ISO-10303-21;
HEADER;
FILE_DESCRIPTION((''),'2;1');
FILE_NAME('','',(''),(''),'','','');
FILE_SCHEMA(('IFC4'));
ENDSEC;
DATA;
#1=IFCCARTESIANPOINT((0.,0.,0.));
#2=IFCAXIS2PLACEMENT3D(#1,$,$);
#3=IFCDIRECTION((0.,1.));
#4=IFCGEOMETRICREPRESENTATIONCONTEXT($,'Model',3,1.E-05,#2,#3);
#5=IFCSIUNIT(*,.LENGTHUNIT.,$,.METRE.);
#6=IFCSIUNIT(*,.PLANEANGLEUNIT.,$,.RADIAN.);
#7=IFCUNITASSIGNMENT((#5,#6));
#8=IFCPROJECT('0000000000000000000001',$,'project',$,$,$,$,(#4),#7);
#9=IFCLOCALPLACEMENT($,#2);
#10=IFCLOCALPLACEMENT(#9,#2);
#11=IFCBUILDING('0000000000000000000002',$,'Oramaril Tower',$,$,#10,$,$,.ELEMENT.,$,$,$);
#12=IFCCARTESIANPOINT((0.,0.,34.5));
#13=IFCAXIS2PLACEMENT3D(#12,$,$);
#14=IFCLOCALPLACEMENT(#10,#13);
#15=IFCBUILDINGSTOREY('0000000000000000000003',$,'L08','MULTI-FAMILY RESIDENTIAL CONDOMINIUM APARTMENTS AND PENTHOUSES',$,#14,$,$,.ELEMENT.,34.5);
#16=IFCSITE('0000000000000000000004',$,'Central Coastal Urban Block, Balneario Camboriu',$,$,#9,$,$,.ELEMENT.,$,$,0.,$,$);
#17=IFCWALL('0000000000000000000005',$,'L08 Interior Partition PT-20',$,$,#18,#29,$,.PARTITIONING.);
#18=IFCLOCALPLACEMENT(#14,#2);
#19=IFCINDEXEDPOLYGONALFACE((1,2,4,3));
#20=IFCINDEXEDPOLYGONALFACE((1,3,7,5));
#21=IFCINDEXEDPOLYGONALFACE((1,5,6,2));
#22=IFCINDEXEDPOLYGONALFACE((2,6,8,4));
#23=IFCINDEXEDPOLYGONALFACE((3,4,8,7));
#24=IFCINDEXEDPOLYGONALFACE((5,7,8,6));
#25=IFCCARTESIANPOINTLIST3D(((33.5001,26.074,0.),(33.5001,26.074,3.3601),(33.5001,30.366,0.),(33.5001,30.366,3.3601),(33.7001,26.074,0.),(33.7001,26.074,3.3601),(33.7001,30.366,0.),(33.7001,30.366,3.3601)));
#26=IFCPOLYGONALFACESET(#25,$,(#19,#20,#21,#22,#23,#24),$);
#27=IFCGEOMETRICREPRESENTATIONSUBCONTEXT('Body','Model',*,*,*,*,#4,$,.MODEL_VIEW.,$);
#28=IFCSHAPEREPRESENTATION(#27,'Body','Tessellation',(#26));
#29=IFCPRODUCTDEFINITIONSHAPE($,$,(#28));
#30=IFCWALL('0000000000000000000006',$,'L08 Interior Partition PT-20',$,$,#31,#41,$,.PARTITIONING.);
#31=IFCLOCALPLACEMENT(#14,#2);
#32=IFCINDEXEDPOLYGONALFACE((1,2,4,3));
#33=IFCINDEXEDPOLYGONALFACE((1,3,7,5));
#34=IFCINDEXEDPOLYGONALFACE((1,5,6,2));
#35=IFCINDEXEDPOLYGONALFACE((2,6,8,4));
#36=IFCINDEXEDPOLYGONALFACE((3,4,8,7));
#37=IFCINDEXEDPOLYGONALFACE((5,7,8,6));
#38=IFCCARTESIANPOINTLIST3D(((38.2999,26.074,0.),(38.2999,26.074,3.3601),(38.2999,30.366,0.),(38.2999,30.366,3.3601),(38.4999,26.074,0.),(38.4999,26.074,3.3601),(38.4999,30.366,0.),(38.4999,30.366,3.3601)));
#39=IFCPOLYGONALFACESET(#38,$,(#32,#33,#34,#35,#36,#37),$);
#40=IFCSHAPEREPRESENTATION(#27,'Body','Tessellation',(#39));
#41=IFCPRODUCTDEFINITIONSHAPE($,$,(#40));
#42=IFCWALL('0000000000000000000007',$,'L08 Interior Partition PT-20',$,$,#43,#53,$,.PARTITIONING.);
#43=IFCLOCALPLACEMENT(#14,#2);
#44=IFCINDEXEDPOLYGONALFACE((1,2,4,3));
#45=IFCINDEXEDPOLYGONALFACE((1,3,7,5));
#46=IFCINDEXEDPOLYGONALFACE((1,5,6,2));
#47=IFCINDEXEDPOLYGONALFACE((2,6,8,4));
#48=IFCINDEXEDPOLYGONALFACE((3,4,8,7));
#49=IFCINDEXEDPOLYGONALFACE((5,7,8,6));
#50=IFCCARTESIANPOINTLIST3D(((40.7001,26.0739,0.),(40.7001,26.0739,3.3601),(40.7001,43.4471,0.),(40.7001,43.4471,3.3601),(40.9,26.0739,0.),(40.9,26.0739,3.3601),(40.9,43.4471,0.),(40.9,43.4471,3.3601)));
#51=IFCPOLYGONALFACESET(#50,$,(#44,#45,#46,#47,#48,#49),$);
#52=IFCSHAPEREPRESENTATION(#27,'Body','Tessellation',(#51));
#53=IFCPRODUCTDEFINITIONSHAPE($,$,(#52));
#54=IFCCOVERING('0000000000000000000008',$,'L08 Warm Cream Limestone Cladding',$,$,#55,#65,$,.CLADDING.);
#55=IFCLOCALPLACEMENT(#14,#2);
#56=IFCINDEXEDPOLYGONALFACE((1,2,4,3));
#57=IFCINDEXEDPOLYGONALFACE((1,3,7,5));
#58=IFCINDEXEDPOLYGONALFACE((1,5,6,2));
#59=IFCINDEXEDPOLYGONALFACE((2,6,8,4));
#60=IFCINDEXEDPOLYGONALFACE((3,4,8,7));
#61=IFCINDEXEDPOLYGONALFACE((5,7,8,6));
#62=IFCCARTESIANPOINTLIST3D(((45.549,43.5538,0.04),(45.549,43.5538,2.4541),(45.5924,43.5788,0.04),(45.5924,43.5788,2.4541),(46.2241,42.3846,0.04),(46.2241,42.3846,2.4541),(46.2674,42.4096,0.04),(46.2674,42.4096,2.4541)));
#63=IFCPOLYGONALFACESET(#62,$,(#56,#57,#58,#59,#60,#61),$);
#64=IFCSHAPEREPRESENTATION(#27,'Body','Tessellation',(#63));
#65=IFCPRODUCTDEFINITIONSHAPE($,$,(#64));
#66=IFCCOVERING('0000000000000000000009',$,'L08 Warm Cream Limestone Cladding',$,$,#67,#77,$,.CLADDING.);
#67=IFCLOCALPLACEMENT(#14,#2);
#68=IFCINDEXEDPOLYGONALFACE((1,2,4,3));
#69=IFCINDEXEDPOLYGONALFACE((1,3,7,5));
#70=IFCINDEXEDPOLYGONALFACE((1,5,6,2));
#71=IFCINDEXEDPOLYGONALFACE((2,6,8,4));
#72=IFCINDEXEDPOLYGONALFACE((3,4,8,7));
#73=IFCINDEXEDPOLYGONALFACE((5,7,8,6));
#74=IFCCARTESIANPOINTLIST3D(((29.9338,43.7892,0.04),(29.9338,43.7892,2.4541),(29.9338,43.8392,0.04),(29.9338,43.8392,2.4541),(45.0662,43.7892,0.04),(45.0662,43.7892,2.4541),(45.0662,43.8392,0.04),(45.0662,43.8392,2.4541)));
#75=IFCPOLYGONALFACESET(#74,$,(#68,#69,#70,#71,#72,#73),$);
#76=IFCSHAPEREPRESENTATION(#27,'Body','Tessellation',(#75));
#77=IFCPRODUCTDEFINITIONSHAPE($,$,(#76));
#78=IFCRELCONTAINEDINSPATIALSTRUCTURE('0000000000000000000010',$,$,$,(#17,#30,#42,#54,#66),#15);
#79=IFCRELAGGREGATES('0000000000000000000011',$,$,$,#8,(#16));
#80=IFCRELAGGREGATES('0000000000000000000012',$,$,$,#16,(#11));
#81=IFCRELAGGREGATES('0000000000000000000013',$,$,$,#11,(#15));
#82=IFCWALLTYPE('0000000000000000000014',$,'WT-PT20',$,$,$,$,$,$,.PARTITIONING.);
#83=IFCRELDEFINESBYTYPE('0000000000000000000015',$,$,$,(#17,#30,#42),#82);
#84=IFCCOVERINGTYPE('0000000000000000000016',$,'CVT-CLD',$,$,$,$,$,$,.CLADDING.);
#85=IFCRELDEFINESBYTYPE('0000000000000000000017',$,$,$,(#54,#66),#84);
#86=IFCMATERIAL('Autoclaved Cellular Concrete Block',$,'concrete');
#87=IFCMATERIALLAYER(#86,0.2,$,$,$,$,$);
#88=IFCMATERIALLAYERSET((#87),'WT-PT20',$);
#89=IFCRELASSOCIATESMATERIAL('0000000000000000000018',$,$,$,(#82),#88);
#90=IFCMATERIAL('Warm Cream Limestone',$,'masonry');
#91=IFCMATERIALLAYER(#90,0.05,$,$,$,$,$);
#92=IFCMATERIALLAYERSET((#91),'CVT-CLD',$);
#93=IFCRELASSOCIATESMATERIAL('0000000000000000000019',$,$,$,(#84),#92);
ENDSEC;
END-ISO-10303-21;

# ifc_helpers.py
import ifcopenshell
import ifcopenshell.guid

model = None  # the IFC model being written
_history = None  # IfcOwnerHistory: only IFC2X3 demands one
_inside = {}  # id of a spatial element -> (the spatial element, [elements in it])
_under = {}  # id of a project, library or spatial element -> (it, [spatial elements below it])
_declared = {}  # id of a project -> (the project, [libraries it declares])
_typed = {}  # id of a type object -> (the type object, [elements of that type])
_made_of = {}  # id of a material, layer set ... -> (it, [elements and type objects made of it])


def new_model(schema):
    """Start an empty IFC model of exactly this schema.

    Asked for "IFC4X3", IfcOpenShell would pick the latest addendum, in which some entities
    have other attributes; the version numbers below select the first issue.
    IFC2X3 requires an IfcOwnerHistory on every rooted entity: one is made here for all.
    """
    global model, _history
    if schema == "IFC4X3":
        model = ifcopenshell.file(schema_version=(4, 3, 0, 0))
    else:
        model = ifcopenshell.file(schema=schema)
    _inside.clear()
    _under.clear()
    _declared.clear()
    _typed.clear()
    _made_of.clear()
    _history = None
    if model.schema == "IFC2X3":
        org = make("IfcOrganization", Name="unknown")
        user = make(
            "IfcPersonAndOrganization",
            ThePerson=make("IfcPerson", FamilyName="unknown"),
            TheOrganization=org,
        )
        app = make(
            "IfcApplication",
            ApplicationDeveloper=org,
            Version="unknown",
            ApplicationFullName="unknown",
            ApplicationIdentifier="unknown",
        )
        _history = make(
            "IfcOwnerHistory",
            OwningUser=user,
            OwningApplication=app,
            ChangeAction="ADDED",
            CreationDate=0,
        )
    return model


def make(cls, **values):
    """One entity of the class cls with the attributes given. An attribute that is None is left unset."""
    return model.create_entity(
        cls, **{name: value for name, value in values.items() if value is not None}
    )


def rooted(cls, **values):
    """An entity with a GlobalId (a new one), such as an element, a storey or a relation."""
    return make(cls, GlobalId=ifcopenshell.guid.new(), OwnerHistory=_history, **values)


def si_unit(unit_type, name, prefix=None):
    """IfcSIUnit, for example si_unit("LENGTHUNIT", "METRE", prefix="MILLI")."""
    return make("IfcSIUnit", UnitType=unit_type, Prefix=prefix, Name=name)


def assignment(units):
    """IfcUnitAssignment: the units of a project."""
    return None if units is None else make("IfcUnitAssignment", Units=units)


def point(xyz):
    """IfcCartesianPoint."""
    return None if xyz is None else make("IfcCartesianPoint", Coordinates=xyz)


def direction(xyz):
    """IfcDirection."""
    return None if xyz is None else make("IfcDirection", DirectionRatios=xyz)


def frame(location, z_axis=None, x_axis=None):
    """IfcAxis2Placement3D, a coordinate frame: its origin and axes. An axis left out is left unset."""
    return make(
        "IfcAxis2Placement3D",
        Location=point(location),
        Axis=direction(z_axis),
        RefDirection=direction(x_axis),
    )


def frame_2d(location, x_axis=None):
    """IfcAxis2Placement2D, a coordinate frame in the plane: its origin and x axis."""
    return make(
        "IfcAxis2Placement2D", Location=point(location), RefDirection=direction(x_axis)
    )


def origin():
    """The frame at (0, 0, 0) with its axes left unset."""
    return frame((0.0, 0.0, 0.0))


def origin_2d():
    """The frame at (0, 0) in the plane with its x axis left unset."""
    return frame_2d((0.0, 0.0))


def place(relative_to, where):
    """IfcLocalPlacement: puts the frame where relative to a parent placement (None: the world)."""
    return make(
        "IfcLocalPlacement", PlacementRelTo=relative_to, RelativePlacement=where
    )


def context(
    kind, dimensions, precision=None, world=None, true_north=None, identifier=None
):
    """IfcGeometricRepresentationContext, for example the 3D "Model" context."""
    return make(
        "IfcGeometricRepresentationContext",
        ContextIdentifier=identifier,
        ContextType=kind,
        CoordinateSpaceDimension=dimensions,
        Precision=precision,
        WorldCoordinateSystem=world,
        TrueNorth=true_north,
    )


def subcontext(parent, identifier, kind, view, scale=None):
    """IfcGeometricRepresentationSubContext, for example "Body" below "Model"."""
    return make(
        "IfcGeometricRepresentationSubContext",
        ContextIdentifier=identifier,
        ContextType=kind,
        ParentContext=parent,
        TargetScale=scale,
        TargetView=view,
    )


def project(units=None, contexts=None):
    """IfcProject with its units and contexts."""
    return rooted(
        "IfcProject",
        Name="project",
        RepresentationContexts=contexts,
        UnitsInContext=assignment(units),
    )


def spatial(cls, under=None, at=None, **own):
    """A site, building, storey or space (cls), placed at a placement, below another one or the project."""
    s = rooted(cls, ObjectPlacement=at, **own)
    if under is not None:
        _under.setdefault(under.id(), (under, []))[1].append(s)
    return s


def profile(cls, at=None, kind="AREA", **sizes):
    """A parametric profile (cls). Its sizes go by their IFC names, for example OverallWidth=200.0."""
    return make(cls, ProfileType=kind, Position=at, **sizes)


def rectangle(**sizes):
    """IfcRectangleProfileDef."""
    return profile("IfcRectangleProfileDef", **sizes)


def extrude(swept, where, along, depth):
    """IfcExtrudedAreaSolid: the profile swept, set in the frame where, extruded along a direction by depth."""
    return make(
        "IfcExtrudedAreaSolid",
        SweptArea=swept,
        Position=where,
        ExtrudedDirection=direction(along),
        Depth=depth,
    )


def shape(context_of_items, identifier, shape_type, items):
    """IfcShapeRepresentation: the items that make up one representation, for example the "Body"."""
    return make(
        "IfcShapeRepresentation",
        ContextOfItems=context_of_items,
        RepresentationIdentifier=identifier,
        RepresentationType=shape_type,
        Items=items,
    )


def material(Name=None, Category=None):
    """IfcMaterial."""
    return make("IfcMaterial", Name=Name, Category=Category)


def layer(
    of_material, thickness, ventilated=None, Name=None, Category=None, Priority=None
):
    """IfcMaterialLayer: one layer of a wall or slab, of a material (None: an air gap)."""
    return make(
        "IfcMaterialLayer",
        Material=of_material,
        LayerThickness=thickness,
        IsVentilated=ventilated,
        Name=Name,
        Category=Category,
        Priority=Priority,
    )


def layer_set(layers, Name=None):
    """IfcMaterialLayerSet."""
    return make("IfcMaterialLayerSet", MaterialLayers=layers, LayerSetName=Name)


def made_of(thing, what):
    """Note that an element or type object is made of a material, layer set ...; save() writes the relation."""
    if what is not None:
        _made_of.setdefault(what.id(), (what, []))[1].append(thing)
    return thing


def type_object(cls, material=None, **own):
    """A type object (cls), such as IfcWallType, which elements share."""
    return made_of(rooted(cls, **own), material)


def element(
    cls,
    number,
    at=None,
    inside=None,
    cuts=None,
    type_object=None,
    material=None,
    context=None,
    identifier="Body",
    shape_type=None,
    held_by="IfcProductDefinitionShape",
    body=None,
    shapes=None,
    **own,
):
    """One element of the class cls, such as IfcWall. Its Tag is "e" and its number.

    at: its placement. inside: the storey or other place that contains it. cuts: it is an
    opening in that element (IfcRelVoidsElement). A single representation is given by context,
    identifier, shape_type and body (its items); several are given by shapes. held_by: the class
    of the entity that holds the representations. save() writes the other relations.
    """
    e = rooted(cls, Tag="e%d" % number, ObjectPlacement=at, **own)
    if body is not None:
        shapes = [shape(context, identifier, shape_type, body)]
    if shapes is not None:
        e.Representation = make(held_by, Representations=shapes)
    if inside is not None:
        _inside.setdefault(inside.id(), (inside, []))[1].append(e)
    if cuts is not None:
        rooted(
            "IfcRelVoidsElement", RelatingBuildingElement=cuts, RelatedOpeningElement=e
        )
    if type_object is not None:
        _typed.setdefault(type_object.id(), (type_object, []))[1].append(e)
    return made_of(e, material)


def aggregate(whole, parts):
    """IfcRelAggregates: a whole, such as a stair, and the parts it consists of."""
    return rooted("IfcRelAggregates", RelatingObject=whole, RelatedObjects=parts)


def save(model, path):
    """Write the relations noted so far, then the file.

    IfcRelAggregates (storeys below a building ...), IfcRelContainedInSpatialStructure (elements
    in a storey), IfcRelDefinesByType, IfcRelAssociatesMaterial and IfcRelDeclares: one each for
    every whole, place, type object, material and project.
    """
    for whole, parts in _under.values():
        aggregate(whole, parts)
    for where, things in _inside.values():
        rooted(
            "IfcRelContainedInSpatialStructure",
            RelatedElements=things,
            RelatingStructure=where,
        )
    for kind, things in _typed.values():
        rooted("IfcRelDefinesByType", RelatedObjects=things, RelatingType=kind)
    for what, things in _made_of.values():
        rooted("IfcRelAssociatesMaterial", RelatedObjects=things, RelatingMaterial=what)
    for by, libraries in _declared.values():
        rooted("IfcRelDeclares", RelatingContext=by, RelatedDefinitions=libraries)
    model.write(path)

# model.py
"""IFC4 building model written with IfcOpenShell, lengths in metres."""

from ifc_helpers import new_model, si_unit, direction, frame, frame_2d, origin, origin_2d, place, context, subcontext, project, spatial, rectangle, extrude, material, layer, layer_set, type_object, element, save


model = new_model("IFC4")

# Units and contexts
model_context = context("Model", 3, precision=1e-05, world=origin(), true_north=direction((0.0, 1.0)))
body_context = subcontext(model_context, "Body", "Model", "MODEL_VIEW")
ifc_project = project(units=[si_unit("LENGTHUNIT", "METRE"), si_unit("PLANEANGLEUNIT", "RADIAN")], contexts=[model_context])

# Site, building, storey
site_placement = place(None, origin())
site = spatial("IfcSite", under=ifc_project, at=site_placement, Name="Central Coastal Urban Block, Balneario Camboriu", CompositionType="ELEMENT", RefElevation=0.0)
building_placement = place(site_placement, origin())
building = spatial("IfcBuilding", under=site, at=building_placement, Name="Oramaril Tower", CompositionType="ELEMENT")
storey_placement = place(building_placement, frame((0.0, 0.0, 34.5)))
storey = spatial("IfcBuildingStorey", under=building, at=storey_placement, Name="L08", Description="MULTI-FAMILY RESIDENTIAL CONDOMINIUM APARTMENTS AND PENTHOUSES", CompositionType="ELEMENT", Elevation=34.5)

# Walls
ifc_material_1 = material(Name="Autoclaved Cellular Concrete Block", Category="concrete")
ifc_layer_1 = layer(ifc_material_1, 0.2)
ifc_layer_set_1 = layer_set([ifc_layer_1], Name="WT-PT20")
wall_type_1 = type_object("IfcWallType", Name="WT-PT20", PredefinedType="PARTITIONING", material=ifc_layer_set_1)
for number, where, z_axis, x_axis, name in (
    (1, (33.6001, 26.074, 0.0), (0.0, 0.0, 1.0), (0.0, 1.0, 0.0), "L08 Interior Partition PT-20"),
    (2, (38.3999, 26.074, 0.0), (0.0, 0.0, 1.0), (0.0, 1.0, 0.0), "L08 Interior Partition PT-20"),
):
    element("IfcWall", number, at=place(storey_placement, frame(where, z_axis=z_axis, x_axis=x_axis)), inside=storey, type_object=wall_type_1, Name=name, PredefinedType="PARTITIONING", context=body_context, shape_type="SweptSolid", body=[
        extrude(rectangle(XDim=4.292, YDim=0.2, at=frame_2d((2.146, 0.0))), origin(), (0.0, 0.0, 1.0), 3.3601),
    ])
wall_1_placement = place(storey_placement, frame((40.8, 26.074, 0.0), z_axis=(0.0, 0.0, 1.0), x_axis=(0.0, 1.0, 0.0)))
element("IfcWall", 3, at=wall_1_placement, inside=storey, type_object=wall_type_1, Name="L08 Interior Partition PT-20", PredefinedType="PARTITIONING", context=body_context, shape_type="SweptSolid", body=[
    extrude(rectangle(XDim=17.3733, YDim=0.2, at=frame_2d((8.6865, 0.0))), origin(), (0.0, 0.0, 1.0), 3.3601),
])

# Coverings
ifc_material_2 = material(Name="Warm Cream Limestone", Category="masonry")
ifc_layer_2 = layer(ifc_material_2, 0.05)
ifc_layer_set_2 = layer_set([ifc_layer_2], Name="CVT-CLD")
covering_type = type_object("IfcCoveringType", Name="CVT-CLD", PredefinedType="CLADDING", material=ifc_layer_set_2)
covering_1_placement = place(storey_placement, frame((45.9082, 42.9817, 0.04), z_axis=(0.0, 0.0, 1.0), x_axis=(-0.5, 0.866025, 0.0)))
element("IfcCovering", 4, at=covering_1_placement, inside=storey, type_object=covering_type, Name="L08 Warm Cream Limestone Cladding", PredefinedType="CLADDING", context=body_context, shape_type="SweptSolid", body=[
    extrude(rectangle(XDim=1.3501, YDim=0.05, at=origin_2d()), origin(), (0.0, 0.0, 1.0), 2.4141),
])
covering_2_placement = place(storey_placement, frame((37.5, 43.8142, 0.04), z_axis=(0.0, 0.0, 1.0), x_axis=(-1.0, 0.0, 0.0)))
element("IfcCovering", 5, at=covering_2_placement, inside=storey, type_object=covering_type, Name="L08 Warm Cream Limestone Cladding", PredefinedType="CLADDING", context=body_context, shape_type="SweptSolid", body=[
    extrude(rectangle(XDim=15.1323, YDim=0.05, at=origin_2d()), origin(), (0.0, 0.0, 1.0), 2.4141),
])

save(model, "model.ifc")
